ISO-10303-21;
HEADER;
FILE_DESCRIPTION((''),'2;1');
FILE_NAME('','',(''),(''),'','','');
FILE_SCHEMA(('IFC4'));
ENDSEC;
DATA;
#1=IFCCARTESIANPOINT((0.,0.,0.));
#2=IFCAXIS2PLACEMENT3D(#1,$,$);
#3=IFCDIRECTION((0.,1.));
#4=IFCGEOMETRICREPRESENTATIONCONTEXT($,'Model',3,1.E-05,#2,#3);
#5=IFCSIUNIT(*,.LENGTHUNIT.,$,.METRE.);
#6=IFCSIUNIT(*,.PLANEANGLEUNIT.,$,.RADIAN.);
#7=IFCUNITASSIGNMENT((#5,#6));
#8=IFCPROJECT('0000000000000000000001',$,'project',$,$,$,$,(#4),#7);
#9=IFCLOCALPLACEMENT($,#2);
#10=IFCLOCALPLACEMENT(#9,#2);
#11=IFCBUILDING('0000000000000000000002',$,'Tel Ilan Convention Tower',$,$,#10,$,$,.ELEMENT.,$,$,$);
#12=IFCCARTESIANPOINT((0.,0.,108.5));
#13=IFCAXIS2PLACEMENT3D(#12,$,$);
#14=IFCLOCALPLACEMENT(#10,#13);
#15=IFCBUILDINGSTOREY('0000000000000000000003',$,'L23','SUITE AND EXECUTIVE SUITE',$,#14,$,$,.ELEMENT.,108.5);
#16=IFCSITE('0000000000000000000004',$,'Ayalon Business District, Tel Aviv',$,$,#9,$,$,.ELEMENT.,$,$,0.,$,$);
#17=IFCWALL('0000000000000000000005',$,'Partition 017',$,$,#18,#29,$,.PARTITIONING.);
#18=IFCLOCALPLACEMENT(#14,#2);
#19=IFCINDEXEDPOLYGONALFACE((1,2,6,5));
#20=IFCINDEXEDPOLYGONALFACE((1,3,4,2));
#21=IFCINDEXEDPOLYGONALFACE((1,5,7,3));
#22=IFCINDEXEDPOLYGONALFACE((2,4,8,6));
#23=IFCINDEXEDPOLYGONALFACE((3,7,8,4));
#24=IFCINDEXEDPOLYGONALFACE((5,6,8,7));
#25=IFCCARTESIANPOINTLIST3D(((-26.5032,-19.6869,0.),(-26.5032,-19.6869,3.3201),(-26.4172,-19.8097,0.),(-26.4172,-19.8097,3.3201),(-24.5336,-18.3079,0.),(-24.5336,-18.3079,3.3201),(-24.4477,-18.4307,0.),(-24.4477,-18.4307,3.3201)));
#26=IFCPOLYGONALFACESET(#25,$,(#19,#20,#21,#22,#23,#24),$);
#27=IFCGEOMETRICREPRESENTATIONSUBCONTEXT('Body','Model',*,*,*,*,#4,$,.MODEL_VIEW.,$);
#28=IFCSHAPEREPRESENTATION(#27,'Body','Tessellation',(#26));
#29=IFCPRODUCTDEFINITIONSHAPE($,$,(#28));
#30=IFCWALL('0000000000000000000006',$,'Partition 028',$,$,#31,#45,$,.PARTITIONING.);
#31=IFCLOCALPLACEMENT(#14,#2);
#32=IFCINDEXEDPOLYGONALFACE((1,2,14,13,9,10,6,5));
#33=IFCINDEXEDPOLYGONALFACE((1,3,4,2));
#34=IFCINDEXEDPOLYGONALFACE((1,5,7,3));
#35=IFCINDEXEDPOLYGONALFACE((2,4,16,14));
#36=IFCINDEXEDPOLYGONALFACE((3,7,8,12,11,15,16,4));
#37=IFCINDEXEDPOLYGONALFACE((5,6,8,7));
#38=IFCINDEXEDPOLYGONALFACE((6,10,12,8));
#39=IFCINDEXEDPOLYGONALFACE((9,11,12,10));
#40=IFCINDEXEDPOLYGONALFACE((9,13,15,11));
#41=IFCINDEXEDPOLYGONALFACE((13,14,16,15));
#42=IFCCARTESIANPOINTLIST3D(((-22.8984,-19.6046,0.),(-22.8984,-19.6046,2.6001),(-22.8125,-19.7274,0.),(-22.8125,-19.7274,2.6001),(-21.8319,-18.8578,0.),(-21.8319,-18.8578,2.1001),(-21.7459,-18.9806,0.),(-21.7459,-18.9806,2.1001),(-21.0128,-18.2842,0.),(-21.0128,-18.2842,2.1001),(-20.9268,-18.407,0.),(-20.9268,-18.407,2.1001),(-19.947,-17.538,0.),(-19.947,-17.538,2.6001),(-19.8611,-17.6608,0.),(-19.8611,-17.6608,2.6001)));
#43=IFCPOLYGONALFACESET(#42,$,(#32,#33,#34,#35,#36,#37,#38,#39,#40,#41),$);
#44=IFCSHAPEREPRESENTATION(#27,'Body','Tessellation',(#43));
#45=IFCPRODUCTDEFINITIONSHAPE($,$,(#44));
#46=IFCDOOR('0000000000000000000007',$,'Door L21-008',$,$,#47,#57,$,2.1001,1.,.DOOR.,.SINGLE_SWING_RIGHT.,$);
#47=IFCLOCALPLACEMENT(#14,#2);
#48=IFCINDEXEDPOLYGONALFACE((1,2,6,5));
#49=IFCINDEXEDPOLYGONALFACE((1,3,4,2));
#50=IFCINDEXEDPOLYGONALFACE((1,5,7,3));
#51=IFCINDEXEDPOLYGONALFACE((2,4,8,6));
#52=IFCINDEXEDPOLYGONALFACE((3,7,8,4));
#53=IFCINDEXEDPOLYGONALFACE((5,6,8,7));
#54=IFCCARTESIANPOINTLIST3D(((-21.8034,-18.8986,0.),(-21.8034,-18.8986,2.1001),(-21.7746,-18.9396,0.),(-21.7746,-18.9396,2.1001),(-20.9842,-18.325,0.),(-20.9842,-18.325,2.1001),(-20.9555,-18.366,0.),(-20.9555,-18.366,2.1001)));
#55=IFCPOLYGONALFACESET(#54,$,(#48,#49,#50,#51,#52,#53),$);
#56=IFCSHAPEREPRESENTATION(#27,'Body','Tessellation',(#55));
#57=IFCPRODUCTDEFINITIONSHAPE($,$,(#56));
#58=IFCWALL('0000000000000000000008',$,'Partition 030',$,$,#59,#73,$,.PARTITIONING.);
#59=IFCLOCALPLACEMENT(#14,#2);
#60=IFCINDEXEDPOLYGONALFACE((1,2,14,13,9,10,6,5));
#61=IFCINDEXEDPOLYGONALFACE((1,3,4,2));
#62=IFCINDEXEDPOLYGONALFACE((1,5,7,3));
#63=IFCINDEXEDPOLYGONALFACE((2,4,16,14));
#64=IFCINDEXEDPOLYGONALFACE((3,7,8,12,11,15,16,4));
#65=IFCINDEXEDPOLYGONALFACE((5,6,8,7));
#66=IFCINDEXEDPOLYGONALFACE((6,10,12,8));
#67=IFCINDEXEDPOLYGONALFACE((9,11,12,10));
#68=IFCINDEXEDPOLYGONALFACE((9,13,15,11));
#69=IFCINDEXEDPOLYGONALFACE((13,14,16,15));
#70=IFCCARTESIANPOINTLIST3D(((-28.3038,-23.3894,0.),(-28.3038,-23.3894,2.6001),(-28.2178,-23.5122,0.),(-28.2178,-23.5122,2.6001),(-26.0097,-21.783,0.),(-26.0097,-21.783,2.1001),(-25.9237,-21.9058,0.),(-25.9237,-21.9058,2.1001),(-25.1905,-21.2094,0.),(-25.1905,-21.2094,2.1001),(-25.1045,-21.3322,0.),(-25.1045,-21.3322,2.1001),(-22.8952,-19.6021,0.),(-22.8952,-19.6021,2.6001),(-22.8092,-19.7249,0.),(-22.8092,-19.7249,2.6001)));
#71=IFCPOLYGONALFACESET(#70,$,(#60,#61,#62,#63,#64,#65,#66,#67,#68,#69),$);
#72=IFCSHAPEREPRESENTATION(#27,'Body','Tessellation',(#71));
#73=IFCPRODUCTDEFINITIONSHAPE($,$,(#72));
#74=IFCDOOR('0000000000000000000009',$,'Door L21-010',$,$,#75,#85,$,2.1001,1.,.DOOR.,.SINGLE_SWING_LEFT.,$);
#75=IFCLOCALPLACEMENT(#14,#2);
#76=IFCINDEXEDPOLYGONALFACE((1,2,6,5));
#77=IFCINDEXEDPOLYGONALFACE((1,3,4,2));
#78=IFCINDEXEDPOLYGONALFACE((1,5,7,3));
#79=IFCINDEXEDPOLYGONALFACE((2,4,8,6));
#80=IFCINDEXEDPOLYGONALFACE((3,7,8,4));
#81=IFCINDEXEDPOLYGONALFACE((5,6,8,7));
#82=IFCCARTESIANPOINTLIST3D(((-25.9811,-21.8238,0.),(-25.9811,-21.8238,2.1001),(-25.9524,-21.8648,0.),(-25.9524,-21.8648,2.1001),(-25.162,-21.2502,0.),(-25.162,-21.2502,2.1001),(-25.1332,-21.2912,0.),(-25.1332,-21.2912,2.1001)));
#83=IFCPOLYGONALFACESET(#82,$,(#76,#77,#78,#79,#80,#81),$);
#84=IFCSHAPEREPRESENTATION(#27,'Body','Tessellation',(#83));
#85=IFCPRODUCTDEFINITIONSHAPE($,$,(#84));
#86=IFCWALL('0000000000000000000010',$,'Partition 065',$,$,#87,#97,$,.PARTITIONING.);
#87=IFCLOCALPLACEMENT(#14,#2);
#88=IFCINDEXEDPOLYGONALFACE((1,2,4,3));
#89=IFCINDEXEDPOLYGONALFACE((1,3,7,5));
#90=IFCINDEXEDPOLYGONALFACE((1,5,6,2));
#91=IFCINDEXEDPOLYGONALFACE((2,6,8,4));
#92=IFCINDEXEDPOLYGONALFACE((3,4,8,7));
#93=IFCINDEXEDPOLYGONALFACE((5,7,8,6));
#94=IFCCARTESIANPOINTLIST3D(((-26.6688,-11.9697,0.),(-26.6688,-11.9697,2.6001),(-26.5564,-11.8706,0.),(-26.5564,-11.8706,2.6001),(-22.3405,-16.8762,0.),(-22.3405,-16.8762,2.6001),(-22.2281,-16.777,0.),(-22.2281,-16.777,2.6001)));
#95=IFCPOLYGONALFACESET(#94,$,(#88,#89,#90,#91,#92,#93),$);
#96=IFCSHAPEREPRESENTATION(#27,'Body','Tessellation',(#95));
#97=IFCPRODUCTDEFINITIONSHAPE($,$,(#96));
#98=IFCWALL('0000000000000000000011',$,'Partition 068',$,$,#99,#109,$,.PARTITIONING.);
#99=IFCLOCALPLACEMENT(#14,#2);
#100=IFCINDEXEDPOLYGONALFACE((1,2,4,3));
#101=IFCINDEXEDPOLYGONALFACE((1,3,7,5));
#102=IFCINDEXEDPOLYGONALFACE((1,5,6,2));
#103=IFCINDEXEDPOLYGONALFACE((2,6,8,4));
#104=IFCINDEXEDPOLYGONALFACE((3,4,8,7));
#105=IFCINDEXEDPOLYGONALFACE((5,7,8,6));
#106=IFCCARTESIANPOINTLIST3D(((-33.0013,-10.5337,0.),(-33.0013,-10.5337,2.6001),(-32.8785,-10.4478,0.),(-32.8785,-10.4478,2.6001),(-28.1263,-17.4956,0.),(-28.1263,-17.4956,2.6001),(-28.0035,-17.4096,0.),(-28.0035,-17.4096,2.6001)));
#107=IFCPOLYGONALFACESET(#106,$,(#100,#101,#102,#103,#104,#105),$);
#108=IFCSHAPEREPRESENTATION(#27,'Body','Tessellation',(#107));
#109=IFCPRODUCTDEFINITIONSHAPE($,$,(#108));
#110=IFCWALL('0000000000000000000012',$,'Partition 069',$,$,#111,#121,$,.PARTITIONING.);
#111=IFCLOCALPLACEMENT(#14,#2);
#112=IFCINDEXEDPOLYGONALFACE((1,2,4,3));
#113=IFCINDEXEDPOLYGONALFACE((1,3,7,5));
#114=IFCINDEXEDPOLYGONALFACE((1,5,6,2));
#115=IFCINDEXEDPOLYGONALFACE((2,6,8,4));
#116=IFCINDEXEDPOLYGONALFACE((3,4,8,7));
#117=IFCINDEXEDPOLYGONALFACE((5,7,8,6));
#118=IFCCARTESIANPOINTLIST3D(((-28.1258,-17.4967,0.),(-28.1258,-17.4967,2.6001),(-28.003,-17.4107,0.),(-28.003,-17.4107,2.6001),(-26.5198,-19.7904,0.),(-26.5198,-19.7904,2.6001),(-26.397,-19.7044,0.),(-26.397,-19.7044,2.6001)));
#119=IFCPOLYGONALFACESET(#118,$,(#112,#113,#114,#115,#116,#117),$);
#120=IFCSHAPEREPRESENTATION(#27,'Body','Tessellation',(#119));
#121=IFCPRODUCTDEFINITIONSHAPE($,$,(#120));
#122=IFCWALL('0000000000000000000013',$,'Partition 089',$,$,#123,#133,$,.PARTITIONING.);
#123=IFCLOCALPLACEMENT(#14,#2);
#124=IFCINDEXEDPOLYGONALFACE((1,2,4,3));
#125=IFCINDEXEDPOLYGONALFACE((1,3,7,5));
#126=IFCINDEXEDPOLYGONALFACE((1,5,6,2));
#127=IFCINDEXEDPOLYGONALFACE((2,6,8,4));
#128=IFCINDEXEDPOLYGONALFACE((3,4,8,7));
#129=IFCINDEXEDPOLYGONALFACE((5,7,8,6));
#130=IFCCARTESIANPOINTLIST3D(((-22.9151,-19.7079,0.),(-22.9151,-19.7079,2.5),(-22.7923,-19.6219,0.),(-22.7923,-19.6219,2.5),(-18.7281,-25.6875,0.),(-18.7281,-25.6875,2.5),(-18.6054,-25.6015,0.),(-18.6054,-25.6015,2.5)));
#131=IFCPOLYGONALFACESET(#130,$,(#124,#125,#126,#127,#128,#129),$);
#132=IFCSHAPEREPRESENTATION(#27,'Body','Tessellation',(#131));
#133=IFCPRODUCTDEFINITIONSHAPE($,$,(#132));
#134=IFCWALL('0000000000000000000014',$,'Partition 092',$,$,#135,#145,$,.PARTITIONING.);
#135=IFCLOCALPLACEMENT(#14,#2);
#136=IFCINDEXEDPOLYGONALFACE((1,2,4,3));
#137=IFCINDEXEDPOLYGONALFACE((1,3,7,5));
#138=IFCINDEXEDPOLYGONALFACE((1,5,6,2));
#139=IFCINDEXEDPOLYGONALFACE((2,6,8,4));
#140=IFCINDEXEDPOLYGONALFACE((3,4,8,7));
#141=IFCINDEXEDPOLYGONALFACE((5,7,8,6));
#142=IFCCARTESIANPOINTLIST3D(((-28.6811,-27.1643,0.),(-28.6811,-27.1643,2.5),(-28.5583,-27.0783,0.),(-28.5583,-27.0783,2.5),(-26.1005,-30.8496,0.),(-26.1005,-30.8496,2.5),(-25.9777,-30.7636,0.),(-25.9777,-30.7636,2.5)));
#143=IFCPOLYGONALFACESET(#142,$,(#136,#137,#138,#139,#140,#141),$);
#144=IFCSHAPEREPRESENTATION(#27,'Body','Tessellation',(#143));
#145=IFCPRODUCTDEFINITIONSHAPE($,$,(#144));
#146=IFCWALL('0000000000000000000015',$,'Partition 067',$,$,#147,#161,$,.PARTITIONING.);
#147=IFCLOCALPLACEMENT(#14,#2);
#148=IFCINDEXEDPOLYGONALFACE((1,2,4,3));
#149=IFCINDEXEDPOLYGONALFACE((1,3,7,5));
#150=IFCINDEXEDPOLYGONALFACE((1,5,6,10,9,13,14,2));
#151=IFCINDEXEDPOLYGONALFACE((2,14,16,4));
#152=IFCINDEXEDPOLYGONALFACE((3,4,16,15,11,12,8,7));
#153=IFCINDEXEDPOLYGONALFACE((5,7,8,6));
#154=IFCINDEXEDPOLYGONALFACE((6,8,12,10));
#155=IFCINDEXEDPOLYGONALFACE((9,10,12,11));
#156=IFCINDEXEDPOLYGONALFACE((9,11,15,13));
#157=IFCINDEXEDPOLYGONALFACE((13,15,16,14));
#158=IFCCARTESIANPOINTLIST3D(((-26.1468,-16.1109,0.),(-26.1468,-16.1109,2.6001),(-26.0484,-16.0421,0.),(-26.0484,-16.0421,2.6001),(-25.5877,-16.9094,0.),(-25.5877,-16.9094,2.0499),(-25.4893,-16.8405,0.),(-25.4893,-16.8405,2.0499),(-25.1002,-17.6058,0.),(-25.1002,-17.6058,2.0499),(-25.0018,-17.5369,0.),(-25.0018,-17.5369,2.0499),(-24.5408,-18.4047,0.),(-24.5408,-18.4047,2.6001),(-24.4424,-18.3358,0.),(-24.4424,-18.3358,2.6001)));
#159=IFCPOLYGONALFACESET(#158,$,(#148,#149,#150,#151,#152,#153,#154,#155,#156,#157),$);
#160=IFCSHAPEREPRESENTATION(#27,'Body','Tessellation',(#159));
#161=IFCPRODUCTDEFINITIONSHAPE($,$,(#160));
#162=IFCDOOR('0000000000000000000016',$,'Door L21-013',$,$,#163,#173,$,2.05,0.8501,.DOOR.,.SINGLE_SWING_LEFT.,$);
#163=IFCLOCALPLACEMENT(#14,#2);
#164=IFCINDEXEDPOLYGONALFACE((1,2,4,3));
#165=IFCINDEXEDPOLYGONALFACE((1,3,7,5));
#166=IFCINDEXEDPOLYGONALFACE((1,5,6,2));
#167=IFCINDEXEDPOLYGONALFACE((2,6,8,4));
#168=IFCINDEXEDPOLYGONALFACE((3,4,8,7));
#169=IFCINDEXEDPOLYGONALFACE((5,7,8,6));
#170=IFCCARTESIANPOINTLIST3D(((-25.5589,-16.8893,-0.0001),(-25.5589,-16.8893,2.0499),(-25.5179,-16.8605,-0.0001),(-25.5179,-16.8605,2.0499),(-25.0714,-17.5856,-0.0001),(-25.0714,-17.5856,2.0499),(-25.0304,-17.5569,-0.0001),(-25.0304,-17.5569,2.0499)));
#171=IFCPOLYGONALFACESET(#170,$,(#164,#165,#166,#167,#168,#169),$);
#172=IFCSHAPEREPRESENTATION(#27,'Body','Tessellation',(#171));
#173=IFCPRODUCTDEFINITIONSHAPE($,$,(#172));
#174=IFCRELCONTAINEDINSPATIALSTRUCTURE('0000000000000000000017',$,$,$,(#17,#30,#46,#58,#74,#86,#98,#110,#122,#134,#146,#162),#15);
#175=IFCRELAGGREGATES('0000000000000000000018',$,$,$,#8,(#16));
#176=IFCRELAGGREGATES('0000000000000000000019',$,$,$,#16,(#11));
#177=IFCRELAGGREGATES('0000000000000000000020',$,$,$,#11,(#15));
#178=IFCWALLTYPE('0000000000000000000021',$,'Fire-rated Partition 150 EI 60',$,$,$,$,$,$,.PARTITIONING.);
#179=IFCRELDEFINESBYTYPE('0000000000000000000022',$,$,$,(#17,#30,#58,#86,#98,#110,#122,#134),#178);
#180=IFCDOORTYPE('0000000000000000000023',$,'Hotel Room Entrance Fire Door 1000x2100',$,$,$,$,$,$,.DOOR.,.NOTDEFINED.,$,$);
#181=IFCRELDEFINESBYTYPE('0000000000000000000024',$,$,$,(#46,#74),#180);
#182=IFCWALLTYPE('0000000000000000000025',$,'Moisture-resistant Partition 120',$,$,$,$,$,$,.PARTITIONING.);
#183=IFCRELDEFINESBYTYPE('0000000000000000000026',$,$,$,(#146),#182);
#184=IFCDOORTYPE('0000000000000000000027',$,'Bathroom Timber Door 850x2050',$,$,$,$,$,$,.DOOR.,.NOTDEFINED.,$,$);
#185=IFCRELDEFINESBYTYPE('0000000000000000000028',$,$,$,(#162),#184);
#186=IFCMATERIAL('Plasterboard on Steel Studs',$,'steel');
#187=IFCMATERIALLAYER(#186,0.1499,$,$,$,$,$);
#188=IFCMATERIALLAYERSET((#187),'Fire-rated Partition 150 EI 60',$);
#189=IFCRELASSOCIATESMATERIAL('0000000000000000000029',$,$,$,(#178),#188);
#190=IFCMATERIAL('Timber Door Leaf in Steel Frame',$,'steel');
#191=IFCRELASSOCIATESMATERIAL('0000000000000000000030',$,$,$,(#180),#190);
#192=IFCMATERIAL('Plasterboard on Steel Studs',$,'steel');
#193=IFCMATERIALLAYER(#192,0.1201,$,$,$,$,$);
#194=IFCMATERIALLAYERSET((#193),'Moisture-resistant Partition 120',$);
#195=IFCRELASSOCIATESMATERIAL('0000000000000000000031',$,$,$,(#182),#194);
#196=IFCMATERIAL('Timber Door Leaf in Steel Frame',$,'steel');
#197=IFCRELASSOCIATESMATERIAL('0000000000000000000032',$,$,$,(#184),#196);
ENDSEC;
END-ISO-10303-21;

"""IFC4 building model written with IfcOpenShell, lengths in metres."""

from ifc_helpers import new_model, si_unit, direction, frame, frame_2d, origin, place, context, subcontext, project, spatial, rectangle, extrude, material, layer, layer_set, type_object, element, fill, save


model = new_model("IFC4")

# Units and contexts
model_context = context("Model", 3, precision=1e-05, world=origin(), true_north=direction((0.0, 1.0)))
body_context = subcontext(model_context, "Body", "Model", "MODEL_VIEW")
ifc_project = project(units=[si_unit("LENGTHUNIT", "METRE"), si_unit("PLANEANGLEUNIT", "RADIAN")], contexts=[model_context])

# Site, building, storey
site_placement = place(None, origin())
site = spatial("IfcSite", under=ifc_project, at=site_placement, Name="Ayalon Business District, Tel Aviv", CompositionType="ELEMENT", RefElevation=0.0)
building_placement = place(site_placement, origin())
building = spatial("IfcBuilding", under=site, at=building_placement, Name="Tel Ilan Convention Tower", CompositionType="ELEMENT")
storey_placement = place(building_placement, frame((0.0, 0.0, 108.5)))
storey = spatial("IfcBuildingStorey", under=building, at=storey_placement, Name="L23", Description="SUITE AND EXECUTIVE SUITE", CompositionType="ELEMENT", Elevation=108.5)

# Shared definitions
ifc_material_1 = material(Name="Plasterboard on Steel Studs", Category="steel")
ifc_layer_1 = layer(ifc_material_1, 0.1499)
ifc_layer_set_1 = layer_set([ifc_layer_1], Name="Fire-rated Partition 150 EI 60")
wall_type_1 = type_object("IfcWallType", Name="Fire-rated Partition 150 EI 60", PredefinedType="PARTITIONING", material=ifc_layer_set_1)
ifc_material_2 = material(Name="Timber Door Leaf in Steel Frame", Category="steel")
door_type_1 = type_object("IfcDoorType", Name="Hotel Room Entrance Fire Door 1000x2100", OperationType="NOTDEFINED", PredefinedType="DOOR", material=ifc_material_2)

# Wall
wall_1_placement = place(storey_placement, frame((-26.4602, -19.7483, 0.0), z_axis=(0.0, 0.0, 1.0), x_axis=(0.819179, 0.573537, 0.0)))
element("IfcWall", 1, at=wall_1_placement, inside=storey, type_object=wall_type_1, Name="Partition 017", PredefinedType="PARTITIONING", context=body_context, shape_type="SweptSolid", body=[
    extrude(rectangle(XDim=2.4043, YDim=0.1499, at=frame_2d((1.2021, 0.0))), origin(), (0.0, 0.0, 1.0), 3.3201),
])

# Walls, openings, doors
wall_2_placement = place(storey_placement, frame((-19.9041, -17.5994, 0.0), z_axis=(0.0, 0.0, 1.0), x_axis=(-0.819146, -0.573585, 0.0)))
wall_2 = element("IfcWall", 2, at=wall_2_placement, inside=storey, type_object=wall_type_1, Name="Partition 028", PredefinedType="PARTITIONING", context=body_context, shape_type="SweptSolid", body=[
    extrude(rectangle(XDim=3.603, YDim=0.1499, at=frame_2d((1.8015, 0.0))), origin(), (0.0, 0.0, 1.0), 2.6001),
])
opening_1_placement = place(wall_2_placement, frame((1.301, 0.0, 0.0)))
opening_1 = element("IfcOpeningElement", 3, at=opening_1_placement, cuts=wall_2, PredefinedType="OPENING", context=body_context, shape_type="SweptSolid", body=[
    extrude(rectangle(XDim=1.0, YDim=2.1001, at=frame_2d((0.5, 1.05))), frame((0.0, 0.085, 0.0), z_axis=(0.0, -1.0, 0.0), x_axis=(1.0, 0.0, 0.0)), (0.0, 0.0, 1.0), 0.1699),
])
door_1_placement = place(opening_1_placement, origin())
door_1 = element("IfcDoor", 4, at=door_1_placement, inside=storey, type_object=door_type_1, Name="Door L21-008", OperationType="SINGLE_SWING_RIGHT", OverallHeight=2.1001, OverallWidth=1.0, PredefinedType="DOOR", context=body_context, shape_type="SweptSolid", body=[
    extrude(rectangle(XDim=1.0, YDim=2.1001, at=frame_2d((0.5, 1.05))), frame((0.0, 0.0249, 0.0), z_axis=(0.0, -1.0, 0.0), x_axis=(1.0, 0.0, 0.0)), (0.0, 0.0, 1.0), 0.05),
])
fill(opening_1, door_1)
wall_3_placement = place(storey_placement, frame((-22.8523, -19.6636, 0.0), z_axis=(0.0, 0.0, 1.0), x_axis=(-0.819142, -0.573591, 0.0)))
wall_3 = element("IfcWall", 5, at=wall_3_placement, inside=storey, type_object=wall_type_1, Name="Partition 030", PredefinedType="PARTITIONING", context=body_context, shape_type="SweptSolid", body=[
    extrude(rectangle(XDim=6.6028, YDim=0.1499, at=frame_2d((3.3013, 0.0))), origin(), (0.0, 0.0, 1.0), 2.6001),
])
opening_2_placement = place(wall_3_placement, frame((2.802, 0.0, 0.0)))
opening_2 = element("IfcOpeningElement", 6, at=opening_2_placement, cuts=wall_3, PredefinedType="OPENING", context=body_context, shape_type="SweptSolid", body=[
    extrude(rectangle(XDim=1.0, YDim=2.1001, at=frame_2d((0.5, 1.05))), frame((0.0, 0.085, 0.0), z_axis=(0.0, -1.0, 0.0), x_axis=(1.0, 0.0, 0.0)), (0.0, 0.0, 1.0), 0.1699),
])
door_2_placement = place(opening_2_placement, origin())
door_2 = element("IfcDoor", 7, at=door_2_placement, inside=storey, type_object=door_type_1, Name="Door L21-010", OperationType="SINGLE_SWING_LEFT", OverallHeight=2.1001, OverallWidth=1.0, PredefinedType="DOOR", context=body_context, shape_type="SweptSolid", body=[
    extrude(rectangle(XDim=1.0, YDim=2.1001, at=frame_2d((0.5, 1.05))), frame((0.0, 0.0249, 0.0), z_axis=(0.0, -1.0, 0.0), x_axis=(1.0, 0.0, 0.0)), (0.0, 0.0, 1.0), 0.05),
])
fill(opening_2, door_2)

# Walls
wall_4_placement = place(storey_placement, frame((-22.2842, -16.8267, 0.0), z_axis=(0.0, 0.0, 1.0), x_axis=(-0.661545, 0.749905, 0.0)))
element("IfcWall", 8, at=wall_4_placement, inside=storey, type_object=wall_type_1, Name="Partition 065", PredefinedType="PARTITIONING", context=body_context, shape_type="SweptSolid", body=[
    extrude(rectangle(XDim=6.5427, YDim=0.1499, at=frame_2d((3.2715, 0.0))), origin(), (0.0, 0.0, 1.0), 2.6001),
])
wall_5_placement = place(storey_placement, frame((-28.0649, -17.4526, 0.0), z_axis=(0.0, 0.0, 1.0), x_axis=(-0.573593, 0.81914, 0.0)))
element("IfcWall", 9, at=wall_5_placement, inside=storey, type_object=wall_type_1, Name="Partition 068", PredefinedType="PARTITIONING", context=body_context, shape_type="SweptSolid", body=[
    extrude(rectangle(XDim=8.499, YDim=0.1499, at=frame_2d((4.2495, 0.0))), origin(), (0.0, 0.0, 1.0), 2.6001),
])
wall_6_placement = place(storey_placement, frame((-26.4585, -19.7473, 0.0), z_axis=(0.0, 0.0, 1.0), x_axis=(-0.57355, 0.81917, 0.0)))
element("IfcWall", 10, at=wall_6_placement, inside=storey, type_object=wall_type_1, Name="Partition 069", PredefinedType="PARTITIONING", context=body_context, shape_type="SweptSolid", body=[
    extrude(rectangle(XDim=2.8, YDim=0.1499, at=frame_2d((1.3999, 0.0))), origin(), (0.0, 0.0, 1.0), 2.6001),
])
wall_7_placement = place(storey_placement, frame((-18.6667, -25.6445, 0.0), z_axis=(0.0, 0.0, 1.0), x_axis=(-0.573572, 0.819155, 0.0)))
element("IfcWall", 11, at=wall_7_placement, inside=storey, type_object=wall_type_1, Name="Partition 089", PredefinedType="PARTITIONING", context=body_context, shape_type="SweptSolid", body=[
    extrude(rectangle(XDim=7.2998, YDim=0.1499, at=frame_2d((3.6499, 0.0))), origin(), (0.0, 0.0, 1.0), 2.5),
])
wall_8_placement = place(storey_placement, frame((-26.0391, -30.8066, 0.0), z_axis=(0.0, 0.0, 1.0), x_axis=(-0.57359, 0.819143, 0.0)))
element("IfcWall", 12, at=wall_8_placement, inside=storey, type_object=wall_type_1, Name="Partition 092", PredefinedType="PARTITIONING", context=body_context, shape_type="SweptSolid", body=[
    extrude(rectangle(XDim=4.499, YDim=0.1499, at=frame_2d((2.2495, 0.0))), origin(), (0.0, 0.0, 1.0), 2.5),
])

# Wall, opening, door
ifc_material_3 = material(Name="Plasterboard on Steel Studs", Category="steel")
ifc_layer_2 = layer(ifc_material_3, 0.1201)
ifc_layer_set_2 = layer_set([ifc_layer_2], Name="Moisture-resistant Partition 120")
wall_type_2 = type_object("IfcWallType", Name="Moisture-resistant Partition 120", PredefinedType="PARTITIONING", material=ifc_layer_set_2)
wall_9_placement = place(storey_placement, frame((-24.4917, -18.3701, 0.0), z_axis=(0.0, 0.0, 1.0), x_axis=(-0.57355, 0.81917, 0.0)))
wall_9 = element("IfcWall", 13, at=wall_9_placement, inside=storey, type_object=wall_type_2, Name="Partition 067", PredefinedType="PARTITIONING", context=body_context, shape_type="SweptSolid", body=[
    extrude(rectangle(XDim=2.8, YDim=0.1201, at=frame_2d((1.3999, 0.0))), origin(), (0.0, 0.0, 1.0), 2.6001),
])
opening_3_placement = place(wall_9_placement, frame((0.9751, 0.0, 0.0)))
opening_3 = element("IfcOpeningElement", 14, at=opening_3_placement, cuts=wall_9, PredefinedType="OPENING", context=body_context, shape_type="SweptSolid", body=[
    extrude(rectangle(XDim=0.8501, YDim=2.05, at=frame_2d((0.425, 1.0249))), frame((0.0, 0.0701, 0.0), z_axis=(0.0, -1.0, 0.0), x_axis=(1.0, 0.0, 0.0)), (0.0, 0.0, 1.0), 0.1401),
])
ifc_material_4 = material(Name="Timber Door Leaf in Steel Frame", Category="steel")
door_type_2 = type_object("IfcDoorType", Name="Bathroom Timber Door 850x2050", OperationType="NOTDEFINED", PredefinedType="DOOR", material=ifc_material_4)
door_3_placement = place(opening_3_placement, origin())
door_3 = element("IfcDoor", 15, at=door_3_placement, inside=storey, type_object=door_type_2, Name="Door L21-013", OperationType="SINGLE_SWING_LEFT", OverallHeight=2.05, OverallWidth=0.8501, PredefinedType="DOOR", context=body_context, shape_type="SweptSolid", body=[
    extrude(rectangle(XDim=0.8501, YDim=2.05, at=frame_2d((0.425, 1.0249))), frame((0.0, 0.0249, 0.0), z_axis=(0.0, -1.0, 0.0), x_axis=(1.0, 0.0, 0.0)), (0.0, 0.0, 1.0), 0.05),
])
fill(opening_3, door_3)

save(model, "model.ifc")
